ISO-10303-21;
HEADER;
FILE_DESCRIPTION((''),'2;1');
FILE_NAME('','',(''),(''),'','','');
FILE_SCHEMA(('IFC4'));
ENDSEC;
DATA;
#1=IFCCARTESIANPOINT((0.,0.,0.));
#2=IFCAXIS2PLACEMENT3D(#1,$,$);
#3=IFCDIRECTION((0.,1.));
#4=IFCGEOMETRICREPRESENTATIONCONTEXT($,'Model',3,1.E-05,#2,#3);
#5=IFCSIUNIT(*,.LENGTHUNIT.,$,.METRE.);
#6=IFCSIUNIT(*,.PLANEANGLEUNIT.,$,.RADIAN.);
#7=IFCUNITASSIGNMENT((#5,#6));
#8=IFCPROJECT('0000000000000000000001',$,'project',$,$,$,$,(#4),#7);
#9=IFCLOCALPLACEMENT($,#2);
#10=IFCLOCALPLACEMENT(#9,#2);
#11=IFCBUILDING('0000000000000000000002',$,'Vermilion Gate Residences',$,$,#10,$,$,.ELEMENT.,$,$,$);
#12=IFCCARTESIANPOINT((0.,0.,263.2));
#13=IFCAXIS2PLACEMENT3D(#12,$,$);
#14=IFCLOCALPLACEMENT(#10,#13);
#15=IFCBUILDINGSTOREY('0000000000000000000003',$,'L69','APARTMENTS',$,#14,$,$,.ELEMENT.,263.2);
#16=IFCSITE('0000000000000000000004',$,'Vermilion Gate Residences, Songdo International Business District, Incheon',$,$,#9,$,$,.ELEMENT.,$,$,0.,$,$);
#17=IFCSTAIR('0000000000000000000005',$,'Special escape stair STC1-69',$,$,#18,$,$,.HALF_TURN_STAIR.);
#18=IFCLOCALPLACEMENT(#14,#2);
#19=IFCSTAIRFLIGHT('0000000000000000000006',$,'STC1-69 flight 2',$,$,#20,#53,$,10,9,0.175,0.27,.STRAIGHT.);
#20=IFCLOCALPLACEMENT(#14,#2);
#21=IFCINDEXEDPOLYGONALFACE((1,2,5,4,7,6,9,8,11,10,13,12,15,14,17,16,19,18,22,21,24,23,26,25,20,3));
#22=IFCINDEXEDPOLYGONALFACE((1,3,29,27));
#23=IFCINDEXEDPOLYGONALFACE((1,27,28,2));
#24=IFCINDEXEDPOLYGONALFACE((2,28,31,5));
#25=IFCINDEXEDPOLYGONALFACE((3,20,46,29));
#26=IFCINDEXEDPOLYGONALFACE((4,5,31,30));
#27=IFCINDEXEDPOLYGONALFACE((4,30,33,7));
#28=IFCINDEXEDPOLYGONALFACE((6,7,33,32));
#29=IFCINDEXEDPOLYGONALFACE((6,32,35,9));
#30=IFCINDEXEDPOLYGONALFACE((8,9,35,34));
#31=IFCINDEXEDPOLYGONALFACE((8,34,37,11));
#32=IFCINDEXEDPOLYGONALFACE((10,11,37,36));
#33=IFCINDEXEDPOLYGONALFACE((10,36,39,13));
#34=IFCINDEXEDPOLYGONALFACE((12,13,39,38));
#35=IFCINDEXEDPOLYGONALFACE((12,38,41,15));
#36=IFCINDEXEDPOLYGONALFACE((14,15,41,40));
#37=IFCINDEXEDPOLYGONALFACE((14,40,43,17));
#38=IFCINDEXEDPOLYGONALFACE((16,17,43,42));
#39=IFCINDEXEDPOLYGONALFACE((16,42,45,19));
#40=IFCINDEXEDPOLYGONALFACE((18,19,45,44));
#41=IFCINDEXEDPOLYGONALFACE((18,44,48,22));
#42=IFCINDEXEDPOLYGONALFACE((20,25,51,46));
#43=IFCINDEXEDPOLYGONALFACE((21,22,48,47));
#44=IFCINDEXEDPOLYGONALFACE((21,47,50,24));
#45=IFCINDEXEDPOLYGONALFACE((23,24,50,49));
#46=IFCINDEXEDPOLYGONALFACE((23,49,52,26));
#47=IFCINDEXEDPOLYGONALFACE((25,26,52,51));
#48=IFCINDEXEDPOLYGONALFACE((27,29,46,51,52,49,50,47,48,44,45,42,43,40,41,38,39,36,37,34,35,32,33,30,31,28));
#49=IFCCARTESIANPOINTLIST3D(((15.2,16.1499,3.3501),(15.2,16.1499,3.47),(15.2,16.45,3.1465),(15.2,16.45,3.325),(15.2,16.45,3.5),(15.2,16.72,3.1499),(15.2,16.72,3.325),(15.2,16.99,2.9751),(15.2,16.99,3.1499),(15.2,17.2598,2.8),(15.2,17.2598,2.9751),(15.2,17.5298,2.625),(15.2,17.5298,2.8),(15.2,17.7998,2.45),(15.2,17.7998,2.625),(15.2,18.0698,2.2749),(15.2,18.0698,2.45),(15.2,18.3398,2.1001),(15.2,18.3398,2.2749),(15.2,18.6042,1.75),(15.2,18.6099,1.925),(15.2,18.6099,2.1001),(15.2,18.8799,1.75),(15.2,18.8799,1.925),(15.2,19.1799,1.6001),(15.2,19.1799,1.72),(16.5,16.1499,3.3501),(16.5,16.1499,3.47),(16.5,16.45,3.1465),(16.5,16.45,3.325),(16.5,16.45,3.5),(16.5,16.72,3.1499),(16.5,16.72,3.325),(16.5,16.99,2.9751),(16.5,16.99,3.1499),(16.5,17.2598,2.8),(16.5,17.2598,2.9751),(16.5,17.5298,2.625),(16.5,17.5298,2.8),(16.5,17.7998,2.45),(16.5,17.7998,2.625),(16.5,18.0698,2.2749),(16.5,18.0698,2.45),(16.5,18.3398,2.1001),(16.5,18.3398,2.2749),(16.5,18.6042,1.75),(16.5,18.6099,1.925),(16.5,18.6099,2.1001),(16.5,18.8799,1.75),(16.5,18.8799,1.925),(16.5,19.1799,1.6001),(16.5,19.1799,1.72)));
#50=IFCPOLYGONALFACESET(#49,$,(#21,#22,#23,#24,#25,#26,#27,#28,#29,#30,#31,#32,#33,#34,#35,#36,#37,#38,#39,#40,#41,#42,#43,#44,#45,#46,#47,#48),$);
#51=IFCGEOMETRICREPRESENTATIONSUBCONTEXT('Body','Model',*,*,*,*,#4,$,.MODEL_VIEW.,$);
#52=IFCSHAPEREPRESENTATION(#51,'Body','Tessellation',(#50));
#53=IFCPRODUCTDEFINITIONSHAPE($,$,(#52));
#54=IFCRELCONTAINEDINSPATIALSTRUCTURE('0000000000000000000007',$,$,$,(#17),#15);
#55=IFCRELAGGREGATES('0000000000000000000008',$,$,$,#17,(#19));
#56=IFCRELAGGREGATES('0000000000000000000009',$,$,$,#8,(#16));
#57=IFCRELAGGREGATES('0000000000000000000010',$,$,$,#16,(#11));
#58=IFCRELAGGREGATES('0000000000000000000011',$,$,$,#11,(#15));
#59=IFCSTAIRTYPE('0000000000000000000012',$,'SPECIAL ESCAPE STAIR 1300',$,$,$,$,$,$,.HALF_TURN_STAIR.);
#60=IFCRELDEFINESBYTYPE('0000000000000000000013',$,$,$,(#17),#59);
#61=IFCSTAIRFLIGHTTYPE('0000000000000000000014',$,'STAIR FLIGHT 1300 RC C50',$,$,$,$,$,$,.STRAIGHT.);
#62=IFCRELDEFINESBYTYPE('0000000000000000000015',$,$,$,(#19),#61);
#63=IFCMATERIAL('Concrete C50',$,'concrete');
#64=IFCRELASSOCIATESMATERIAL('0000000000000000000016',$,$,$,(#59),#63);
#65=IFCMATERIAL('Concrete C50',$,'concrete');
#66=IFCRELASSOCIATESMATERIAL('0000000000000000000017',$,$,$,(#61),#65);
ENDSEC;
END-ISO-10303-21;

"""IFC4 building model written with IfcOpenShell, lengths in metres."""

from ifc_helpers import new_model, si_unit, direction, frame, origin, place, context, subcontext, project, spatial, polyline, outline, extrude, material, type_object, element, aggregate, save


model = new_model("IFC4")

# Units and contexts
model_context = context("Model", 3, precision=1e-05, world=origin(), true_north=direction((0.0, 1.0)))
body_context = subcontext(model_context, "Body", "Model", "MODEL_VIEW")
ifc_project = project(units=[si_unit("LENGTHUNIT", "METRE"), si_unit("PLANEANGLEUNIT", "RADIAN")], contexts=[model_context])

# Site, building, storey
site_placement = place(None, origin())
site = spatial("IfcSite", under=ifc_project, at=site_placement, Name="Vermilion Gate Residences, Songdo International Business District, Incheon", CompositionType="ELEMENT", RefElevation=0.0)
building_placement = place(site_placement, origin())
building = spatial("IfcBuilding", under=site, at=building_placement, Name="Vermilion Gate Residences", CompositionType="ELEMENT")
storey_placement = place(building_placement, frame((0.0, 0.0, 263.2)))
storey = spatial("IfcBuildingStorey", under=building, at=storey_placement, Name="L69", Description="APARTMENTS", CompositionType="ELEMENT", Elevation=263.2)

# Stair, stair flight
ifc_material_1 = material(Name="Concrete C50", Category="concrete")
stair_type = type_object("IfcStairType", Name="SPECIAL ESCAPE STAIR 1300", PredefinedType="HALF_TURN_STAIR", material=ifc_material_1)
stair_placement = place(storey_placement, origin())
stair = element("IfcStair", 1, at=stair_placement, inside=storey, type_object=stair_type, Name="Special escape stair STC1-69", PredefinedType="HALF_TURN_STAIR")
ifc_material_2 = material(Name="Concrete C50", Category="concrete")
stair_flight_type = type_object("IfcStairFlightType", Name="STAIR FLIGHT 1300 RC C50", PredefinedType="STRAIGHT", material=ifc_material_2)
stair_flight_1_placement = place(storey_placement, frame((15.8501, 18.8799, 1.75), z_axis=(0.0, 0.0, 1.0), x_axis=(0.0, -1.0, 0.0)))
stair_flight_1 = element("IfcStairFlight", 2, at=stair_flight_1_placement, type_object=stair_flight_type, Name="STC1-69 flight 2", NumberOfRisers=10, NumberOfTreads=9, PredefinedType="STRAIGHT", RiserHeight=0.175, TreadLength=0.27, context=body_context, shape_type="SweptSolid", body=[
    extrude(outline(polyline([(-0.3, -0.1499), (-0.3, -0.03), (0.0, 0.0), (0.0, 0.175), (0.27, 0.175), (0.27, 0.3501), (0.54, 0.3501), (0.54, 0.5249), (0.8101, 0.5249), (0.8101, 0.7), (1.0801, 0.7), (1.0801, 0.875), (1.3501, 0.875), (1.3501, 1.05), (1.6201, 1.05), (1.6201, 1.2251), (1.8899, 1.2251), (1.8899, 1.3999), (2.1599, 1.3999), (2.1599, 1.575), (2.4299, 1.575), (2.4299, 1.75), (2.73, 1.72), (2.73, 1.6001), (2.4299, 1.3965), (0.2756, 0.0), (-0.3, -0.1499)])), frame((0.0, 0.6499, 0.0), z_axis=(0.0, -1.0, 0.0), x_axis=(1.0, 0.0, 0.0)), (0.0, 0.0, 1.0), 1.3),
])
aggregate(stair, [stair_flight_1])

save(model, "model.ifc")
